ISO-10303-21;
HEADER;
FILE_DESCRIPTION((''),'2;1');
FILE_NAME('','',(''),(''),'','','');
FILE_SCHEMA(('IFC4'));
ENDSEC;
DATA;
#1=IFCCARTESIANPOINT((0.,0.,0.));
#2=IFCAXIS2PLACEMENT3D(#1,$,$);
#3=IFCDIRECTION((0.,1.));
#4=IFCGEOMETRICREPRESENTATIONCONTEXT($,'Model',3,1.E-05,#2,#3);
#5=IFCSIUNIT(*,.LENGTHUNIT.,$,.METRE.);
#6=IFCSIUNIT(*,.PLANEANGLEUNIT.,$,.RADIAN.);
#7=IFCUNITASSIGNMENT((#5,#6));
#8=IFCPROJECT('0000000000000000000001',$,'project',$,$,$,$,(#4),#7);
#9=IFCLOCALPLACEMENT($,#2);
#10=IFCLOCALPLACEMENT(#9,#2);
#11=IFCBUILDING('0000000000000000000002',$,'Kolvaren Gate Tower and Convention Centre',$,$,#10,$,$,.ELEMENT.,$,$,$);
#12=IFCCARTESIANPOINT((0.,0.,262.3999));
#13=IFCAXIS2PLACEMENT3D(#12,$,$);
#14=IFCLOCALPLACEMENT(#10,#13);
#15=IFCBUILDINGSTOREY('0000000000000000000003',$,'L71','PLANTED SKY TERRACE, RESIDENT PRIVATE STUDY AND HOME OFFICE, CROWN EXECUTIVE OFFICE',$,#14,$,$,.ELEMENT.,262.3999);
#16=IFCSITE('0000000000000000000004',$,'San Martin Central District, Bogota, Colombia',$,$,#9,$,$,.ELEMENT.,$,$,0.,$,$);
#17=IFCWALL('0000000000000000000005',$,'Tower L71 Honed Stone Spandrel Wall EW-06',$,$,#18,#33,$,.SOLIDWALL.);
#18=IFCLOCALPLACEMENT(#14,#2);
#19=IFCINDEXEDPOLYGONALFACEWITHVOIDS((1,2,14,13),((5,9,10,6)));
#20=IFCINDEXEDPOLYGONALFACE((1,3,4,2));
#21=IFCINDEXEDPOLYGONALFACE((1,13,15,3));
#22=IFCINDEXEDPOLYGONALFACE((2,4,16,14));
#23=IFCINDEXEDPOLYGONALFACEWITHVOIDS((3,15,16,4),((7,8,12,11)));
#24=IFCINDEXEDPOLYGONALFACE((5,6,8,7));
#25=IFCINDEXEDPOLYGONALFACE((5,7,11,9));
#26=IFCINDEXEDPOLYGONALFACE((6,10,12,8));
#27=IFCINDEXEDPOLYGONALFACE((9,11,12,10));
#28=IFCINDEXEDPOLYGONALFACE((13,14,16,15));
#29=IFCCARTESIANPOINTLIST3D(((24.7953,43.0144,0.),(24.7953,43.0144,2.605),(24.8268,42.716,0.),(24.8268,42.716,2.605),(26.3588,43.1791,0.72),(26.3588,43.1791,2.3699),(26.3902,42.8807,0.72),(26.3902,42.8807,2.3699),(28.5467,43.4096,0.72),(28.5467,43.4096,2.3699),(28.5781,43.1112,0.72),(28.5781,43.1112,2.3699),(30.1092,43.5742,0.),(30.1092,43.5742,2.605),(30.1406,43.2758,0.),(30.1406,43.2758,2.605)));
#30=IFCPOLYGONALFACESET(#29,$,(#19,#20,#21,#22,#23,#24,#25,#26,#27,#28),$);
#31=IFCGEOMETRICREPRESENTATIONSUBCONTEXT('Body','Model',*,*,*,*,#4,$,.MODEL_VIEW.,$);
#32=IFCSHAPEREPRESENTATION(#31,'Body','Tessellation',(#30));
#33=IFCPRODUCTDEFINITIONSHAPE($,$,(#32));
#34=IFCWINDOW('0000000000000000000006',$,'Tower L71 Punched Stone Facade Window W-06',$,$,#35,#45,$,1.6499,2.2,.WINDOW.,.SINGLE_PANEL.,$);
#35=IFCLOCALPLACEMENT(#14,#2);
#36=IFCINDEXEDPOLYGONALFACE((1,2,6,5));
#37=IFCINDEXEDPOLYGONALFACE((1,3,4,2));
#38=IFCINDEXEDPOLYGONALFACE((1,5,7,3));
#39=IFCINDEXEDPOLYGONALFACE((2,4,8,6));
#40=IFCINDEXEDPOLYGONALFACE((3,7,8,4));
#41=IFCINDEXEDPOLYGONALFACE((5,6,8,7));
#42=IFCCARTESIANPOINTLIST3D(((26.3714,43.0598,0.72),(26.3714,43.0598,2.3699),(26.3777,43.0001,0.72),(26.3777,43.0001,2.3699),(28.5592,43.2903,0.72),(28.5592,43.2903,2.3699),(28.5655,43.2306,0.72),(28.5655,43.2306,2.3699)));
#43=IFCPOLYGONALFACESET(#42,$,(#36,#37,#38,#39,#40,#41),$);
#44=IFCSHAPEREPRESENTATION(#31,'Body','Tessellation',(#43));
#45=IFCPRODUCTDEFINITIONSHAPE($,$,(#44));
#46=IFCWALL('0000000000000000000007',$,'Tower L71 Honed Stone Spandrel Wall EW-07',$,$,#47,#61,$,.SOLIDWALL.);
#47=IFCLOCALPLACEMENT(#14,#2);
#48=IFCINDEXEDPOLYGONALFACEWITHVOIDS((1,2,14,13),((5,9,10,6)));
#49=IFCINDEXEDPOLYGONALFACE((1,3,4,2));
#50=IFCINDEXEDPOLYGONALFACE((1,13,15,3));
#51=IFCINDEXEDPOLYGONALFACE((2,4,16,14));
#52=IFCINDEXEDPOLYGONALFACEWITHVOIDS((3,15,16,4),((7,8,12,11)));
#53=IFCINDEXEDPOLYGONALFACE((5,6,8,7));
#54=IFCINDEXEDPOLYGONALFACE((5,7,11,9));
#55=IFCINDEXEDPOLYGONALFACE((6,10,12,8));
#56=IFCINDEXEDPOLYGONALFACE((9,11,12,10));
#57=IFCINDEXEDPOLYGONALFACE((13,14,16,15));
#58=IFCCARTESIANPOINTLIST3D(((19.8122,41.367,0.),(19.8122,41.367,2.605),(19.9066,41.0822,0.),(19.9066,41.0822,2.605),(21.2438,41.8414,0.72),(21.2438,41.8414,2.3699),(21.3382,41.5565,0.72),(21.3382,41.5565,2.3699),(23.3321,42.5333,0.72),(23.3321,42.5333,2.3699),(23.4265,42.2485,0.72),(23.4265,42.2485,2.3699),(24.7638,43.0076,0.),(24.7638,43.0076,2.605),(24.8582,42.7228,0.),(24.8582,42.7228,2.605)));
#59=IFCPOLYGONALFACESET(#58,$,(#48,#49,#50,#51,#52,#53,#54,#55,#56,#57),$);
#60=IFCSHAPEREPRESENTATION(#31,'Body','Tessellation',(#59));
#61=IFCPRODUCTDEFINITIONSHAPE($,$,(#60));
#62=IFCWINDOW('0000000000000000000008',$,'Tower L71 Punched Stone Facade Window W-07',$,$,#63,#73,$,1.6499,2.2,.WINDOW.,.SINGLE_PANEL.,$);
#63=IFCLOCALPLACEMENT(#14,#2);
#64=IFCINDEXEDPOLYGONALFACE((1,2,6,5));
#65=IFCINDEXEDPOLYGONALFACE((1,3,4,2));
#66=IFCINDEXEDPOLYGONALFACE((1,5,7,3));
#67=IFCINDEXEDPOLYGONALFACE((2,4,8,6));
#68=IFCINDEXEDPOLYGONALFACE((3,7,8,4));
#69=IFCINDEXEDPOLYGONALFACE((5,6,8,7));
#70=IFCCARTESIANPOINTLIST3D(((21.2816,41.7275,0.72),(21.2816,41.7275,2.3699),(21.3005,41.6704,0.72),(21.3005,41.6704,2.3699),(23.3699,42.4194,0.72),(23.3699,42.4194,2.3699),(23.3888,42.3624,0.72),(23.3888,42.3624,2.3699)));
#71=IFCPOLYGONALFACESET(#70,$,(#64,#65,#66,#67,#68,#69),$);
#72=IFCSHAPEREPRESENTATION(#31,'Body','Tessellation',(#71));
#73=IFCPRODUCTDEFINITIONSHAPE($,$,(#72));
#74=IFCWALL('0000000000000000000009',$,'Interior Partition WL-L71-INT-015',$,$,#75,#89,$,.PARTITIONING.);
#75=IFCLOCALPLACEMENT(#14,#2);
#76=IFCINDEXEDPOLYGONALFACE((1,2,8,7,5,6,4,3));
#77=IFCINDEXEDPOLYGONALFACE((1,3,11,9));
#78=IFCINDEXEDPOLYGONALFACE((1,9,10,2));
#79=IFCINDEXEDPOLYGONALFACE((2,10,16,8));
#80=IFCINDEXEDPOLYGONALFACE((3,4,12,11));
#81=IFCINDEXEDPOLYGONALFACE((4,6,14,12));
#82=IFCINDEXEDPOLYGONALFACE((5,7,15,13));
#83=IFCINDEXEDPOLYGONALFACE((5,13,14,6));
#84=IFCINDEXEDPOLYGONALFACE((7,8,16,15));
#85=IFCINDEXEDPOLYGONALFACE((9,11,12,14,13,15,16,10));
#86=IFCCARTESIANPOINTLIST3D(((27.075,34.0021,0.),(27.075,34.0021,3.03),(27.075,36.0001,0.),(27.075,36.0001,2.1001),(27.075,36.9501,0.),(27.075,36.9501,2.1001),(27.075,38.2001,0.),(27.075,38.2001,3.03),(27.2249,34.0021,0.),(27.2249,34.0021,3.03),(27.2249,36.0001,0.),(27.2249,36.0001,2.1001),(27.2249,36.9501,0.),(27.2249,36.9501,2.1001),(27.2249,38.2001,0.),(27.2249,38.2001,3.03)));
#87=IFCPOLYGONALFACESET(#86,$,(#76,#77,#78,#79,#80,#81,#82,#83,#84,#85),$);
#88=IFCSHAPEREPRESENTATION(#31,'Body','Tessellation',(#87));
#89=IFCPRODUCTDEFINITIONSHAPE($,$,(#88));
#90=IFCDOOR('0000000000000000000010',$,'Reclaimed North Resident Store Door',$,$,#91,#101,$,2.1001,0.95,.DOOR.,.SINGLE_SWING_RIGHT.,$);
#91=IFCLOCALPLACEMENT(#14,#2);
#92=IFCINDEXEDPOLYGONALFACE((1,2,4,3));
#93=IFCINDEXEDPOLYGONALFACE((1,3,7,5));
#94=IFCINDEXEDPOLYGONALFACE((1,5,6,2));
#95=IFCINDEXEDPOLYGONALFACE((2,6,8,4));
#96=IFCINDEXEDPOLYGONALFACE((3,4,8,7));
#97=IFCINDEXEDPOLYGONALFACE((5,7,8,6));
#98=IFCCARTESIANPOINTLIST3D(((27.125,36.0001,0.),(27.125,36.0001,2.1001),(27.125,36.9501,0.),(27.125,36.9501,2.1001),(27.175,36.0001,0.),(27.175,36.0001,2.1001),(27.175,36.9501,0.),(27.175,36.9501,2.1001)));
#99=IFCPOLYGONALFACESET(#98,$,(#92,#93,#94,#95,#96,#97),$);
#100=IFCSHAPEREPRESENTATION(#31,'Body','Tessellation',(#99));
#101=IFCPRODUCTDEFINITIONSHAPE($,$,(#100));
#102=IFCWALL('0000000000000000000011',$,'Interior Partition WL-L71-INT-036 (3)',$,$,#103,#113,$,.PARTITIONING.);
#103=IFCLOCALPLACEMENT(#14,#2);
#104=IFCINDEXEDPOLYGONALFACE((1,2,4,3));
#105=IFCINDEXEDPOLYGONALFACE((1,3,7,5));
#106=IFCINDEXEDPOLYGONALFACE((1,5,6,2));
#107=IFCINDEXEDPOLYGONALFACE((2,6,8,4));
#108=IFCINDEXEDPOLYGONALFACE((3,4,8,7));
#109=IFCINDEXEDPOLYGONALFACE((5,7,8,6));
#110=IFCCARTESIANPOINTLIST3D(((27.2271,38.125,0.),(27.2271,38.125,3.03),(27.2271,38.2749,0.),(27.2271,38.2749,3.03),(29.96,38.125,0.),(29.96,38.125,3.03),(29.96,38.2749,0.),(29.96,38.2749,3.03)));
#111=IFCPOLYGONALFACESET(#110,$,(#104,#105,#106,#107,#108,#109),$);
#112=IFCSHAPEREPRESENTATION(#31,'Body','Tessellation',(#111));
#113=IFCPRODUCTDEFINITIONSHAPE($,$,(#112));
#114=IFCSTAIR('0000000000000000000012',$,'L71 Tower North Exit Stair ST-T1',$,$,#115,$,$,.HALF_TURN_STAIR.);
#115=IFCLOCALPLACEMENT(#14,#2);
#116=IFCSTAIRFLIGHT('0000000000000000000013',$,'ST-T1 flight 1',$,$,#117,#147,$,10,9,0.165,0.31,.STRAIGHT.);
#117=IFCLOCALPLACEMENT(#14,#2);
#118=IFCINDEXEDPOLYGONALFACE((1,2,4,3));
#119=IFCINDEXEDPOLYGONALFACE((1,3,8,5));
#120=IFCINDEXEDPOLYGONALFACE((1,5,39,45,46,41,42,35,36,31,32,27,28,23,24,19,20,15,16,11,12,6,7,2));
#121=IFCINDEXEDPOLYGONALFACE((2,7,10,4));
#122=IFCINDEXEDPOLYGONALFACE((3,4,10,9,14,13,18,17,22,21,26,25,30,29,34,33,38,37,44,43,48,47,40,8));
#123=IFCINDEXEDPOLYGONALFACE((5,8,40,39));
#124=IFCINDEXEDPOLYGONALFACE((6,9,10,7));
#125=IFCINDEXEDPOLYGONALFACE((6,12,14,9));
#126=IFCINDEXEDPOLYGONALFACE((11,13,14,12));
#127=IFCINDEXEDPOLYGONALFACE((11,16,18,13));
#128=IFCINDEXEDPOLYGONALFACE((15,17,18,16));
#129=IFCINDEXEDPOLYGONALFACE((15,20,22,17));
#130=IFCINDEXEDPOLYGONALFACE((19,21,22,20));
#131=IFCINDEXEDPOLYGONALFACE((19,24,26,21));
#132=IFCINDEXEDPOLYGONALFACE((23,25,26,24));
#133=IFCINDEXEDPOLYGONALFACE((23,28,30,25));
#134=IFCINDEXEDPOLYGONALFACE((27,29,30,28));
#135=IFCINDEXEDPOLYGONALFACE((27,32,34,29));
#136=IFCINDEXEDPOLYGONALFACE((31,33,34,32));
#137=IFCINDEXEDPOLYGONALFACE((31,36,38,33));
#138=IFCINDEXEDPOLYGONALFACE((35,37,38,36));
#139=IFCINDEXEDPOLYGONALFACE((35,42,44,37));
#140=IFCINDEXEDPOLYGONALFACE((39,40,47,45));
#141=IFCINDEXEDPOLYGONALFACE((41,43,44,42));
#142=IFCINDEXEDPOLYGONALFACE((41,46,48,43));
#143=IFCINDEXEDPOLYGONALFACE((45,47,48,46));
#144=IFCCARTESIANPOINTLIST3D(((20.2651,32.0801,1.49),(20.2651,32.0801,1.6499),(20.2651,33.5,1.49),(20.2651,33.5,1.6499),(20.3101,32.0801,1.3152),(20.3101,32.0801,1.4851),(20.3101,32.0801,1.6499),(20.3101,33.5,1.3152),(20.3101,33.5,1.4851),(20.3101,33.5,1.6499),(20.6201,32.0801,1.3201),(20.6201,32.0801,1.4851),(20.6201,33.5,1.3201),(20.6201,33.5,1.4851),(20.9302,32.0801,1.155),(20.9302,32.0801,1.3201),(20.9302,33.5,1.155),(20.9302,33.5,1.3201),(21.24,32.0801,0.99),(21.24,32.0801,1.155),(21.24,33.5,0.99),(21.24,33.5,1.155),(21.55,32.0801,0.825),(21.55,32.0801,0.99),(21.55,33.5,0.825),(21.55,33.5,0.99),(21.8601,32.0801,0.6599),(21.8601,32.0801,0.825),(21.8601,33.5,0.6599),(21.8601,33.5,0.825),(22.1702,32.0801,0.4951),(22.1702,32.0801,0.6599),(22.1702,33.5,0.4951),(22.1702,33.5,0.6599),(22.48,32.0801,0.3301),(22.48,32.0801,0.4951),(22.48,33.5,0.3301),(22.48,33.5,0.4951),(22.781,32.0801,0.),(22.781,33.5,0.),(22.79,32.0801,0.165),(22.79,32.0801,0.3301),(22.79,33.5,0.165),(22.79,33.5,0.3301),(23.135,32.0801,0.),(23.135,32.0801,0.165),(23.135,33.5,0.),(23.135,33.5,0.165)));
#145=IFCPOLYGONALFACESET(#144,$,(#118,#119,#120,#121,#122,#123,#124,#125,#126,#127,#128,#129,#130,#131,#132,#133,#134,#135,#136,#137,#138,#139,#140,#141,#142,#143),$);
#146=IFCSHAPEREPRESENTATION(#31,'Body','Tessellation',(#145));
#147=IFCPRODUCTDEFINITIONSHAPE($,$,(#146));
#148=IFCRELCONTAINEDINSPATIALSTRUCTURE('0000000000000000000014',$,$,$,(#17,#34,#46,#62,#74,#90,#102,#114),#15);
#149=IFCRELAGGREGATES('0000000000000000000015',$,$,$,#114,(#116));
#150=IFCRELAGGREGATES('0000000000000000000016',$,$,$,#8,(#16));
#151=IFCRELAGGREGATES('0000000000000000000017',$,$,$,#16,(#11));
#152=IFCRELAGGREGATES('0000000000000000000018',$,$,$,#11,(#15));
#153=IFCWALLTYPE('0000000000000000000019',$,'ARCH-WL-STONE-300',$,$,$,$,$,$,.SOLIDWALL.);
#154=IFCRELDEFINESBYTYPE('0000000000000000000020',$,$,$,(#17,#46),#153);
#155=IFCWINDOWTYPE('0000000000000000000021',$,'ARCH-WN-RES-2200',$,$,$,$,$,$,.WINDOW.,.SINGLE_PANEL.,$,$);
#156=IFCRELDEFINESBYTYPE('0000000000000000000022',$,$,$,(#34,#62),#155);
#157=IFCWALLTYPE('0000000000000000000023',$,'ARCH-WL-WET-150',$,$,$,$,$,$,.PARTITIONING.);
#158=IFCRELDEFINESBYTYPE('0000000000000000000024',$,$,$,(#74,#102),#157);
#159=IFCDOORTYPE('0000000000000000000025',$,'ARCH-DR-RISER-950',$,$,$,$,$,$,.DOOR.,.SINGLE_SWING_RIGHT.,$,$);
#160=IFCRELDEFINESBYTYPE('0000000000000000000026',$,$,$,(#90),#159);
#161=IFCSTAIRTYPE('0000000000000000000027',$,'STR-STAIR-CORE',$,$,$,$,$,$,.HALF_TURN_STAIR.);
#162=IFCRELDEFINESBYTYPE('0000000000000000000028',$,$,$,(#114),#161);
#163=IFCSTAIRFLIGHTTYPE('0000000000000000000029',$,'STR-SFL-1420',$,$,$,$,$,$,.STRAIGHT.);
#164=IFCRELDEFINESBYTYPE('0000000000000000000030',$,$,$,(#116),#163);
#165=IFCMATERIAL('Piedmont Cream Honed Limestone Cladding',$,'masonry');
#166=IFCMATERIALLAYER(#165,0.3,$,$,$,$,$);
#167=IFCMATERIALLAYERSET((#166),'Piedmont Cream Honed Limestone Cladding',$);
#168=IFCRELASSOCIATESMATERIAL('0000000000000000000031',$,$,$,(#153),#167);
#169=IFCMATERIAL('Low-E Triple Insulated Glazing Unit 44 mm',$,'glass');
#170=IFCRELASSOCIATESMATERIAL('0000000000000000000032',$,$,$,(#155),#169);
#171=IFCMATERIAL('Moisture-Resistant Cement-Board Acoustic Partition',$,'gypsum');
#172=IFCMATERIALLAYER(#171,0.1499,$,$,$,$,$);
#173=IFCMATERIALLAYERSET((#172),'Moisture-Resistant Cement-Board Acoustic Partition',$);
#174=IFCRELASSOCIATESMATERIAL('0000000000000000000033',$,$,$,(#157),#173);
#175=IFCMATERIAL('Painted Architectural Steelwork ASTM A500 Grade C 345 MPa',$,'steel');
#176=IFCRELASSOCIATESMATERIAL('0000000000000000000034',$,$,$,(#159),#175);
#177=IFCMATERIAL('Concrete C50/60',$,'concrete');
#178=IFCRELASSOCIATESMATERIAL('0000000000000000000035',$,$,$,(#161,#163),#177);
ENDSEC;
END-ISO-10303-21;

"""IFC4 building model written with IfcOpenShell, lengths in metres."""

from ifc_helpers import new_model, si_unit, direction, frame, frame_2d, origin, place, context, subcontext, project, spatial, polyline, rectangle, outline, extrude, material, layer, layer_set, type_object, element, fill, aggregate, save


model = new_model("IFC4")

# Units and contexts
model_context = context("Model", 3, precision=1e-05, world=origin(), true_north=direction((0.0, 1.0)))
body_context = subcontext(model_context, "Body", "Model", "MODEL_VIEW")
ifc_project = project(units=[si_unit("LENGTHUNIT", "METRE"), si_unit("PLANEANGLEUNIT", "RADIAN")], contexts=[model_context])

# Site, building, storey
site_placement = place(None, origin())
site = spatial("IfcSite", under=ifc_project, at=site_placement, Name="San Martin Central District, Bogota, Colombia", CompositionType="ELEMENT", RefElevation=0.0)
building_placement = place(site_placement, origin())
building = spatial("IfcBuilding", under=site, at=building_placement, Name="Kolvaren Gate Tower and Convention Centre", CompositionType="ELEMENT")
storey_placement = place(building_placement, frame((0.0, 0.0, 262.3999)))
storey = spatial("IfcBuildingStorey", under=building, at=storey_placement, Name="L71", Description="PLANTED SKY TERRACE, RESIDENT PRIVATE STUDY AND HOME OFFICE, CROWN EXECUTIVE OFFICE", CompositionType="ELEMENT", Elevation=262.3999)

# Shared definitions
ifc_material_1 = material(Name="Concrete C50/60", Category="concrete")

# Walls, openings, windows
ifc_material_2 = material(Name="Piedmont Cream Honed Limestone Cladding", Category="masonry")
ifc_layer_1 = layer(ifc_material_2, 0.3)
ifc_layer_set_1 = layer_set([ifc_layer_1], Name="Piedmont Cream Honed Limestone Cladding")
wall_type_1 = type_object("IfcWallType", Name="ARCH-WL-STONE-300", PredefinedType="SOLIDWALL", material=ifc_layer_set_1)
wall_1_placement = place(storey_placement, frame((24.811, 42.8652, 0.0), z_axis=(0.0, 0.0, 1.0), x_axis=(0.994497, 0.104768, 0.0)))
wall_1 = element("IfcWall", 1, at=wall_1_placement, inside=storey, type_object=wall_type_1, Name="Tower L71 Honed Stone Spandrel Wall EW-06", PredefinedType="SOLIDWALL", context=body_context, shape_type="SweptSolid", body=[
    extrude(rectangle(XDim=5.3433, YDim=0.3, at=frame_2d((2.6716, 0.0))), origin(), (0.0, 0.0, 1.0), 2.605),
])
opening_1_placement = place(wall_1_placement, frame((1.572, 0.0, 0.72)))
opening_1 = element("IfcOpeningElement", 2, at=opening_1_placement, cuts=wall_1, PredefinedType="OPENING", context=body_context, shape_type="SweptSolid", body=[
    extrude(rectangle(XDim=2.2, YDim=1.6499, at=frame_2d((1.1001, 0.825))), frame((0.0, 0.1599, 0.0), z_axis=(0.0, -1.0, 0.0), x_axis=(1.0, 0.0, 0.0)), (0.0, 0.0, 1.0), 0.3201),
])
ifc_material_3 = material(Name="Low-E Triple Insulated Glazing Unit 44 mm", Category="glass")
window_type = type_object("IfcWindowType", Name="ARCH-WN-RES-2200", PartitioningType="SINGLE_PANEL", PredefinedType="WINDOW", material=ifc_material_3)
window_1_placement = place(opening_1_placement, origin())
window_1 = element("IfcWindow", 3, at=window_1_placement, inside=storey, type_object=window_type, Name="Tower L71 Punched Stone Facade Window W-06", OverallHeight=1.6499, OverallWidth=2.2, PartitioningType="SINGLE_PANEL", PredefinedType="WINDOW", context=body_context, shape_type="SweptSolid", body=[
    extrude(rectangle(XDim=2.2, YDim=1.6499, at=frame_2d((1.1001, 0.825))), frame((0.0, 0.03, 0.0), z_axis=(0.0, -1.0, 0.0), x_axis=(1.0, 0.0, 0.0)), (0.0, 0.0, 1.0), 0.0601),
])
fill(opening_1, window_1)
wall_2_placement = place(storey_placement, frame((19.8594, 41.2246, 0.0), z_axis=(0.0, 0.0, 1.0), x_axis=(0.949253, 0.314514, 0.0)))
wall_2 = element("IfcWall", 4, at=wall_2_placement, inside=storey, type_object=wall_type_1, Name="Tower L71 Honed Stone Spandrel Wall EW-07", PredefinedType="SOLIDWALL", context=body_context, shape_type="SweptSolid", body=[
    extrude(rectangle(XDim=5.2163, YDim=0.3, at=frame_2d((2.6082, 0.0))), origin(), (0.0, 0.0, 1.0), 2.605),
])
opening_2_placement = place(wall_2_placement, frame((1.5081, 0.0, 0.72)))
opening_2 = element("IfcOpeningElement", 5, at=opening_2_placement, cuts=wall_2, PredefinedType="OPENING", context=body_context, shape_type="SweptSolid", body=[
    extrude(rectangle(XDim=2.2, YDim=1.6499, at=frame_2d((1.1001, 0.825))), frame((0.0, 0.1599, 0.0), z_axis=(0.0, -1.0, 0.0), x_axis=(1.0, 0.0, 0.0)), (0.0, 0.0, 1.0), 0.3201),
])
window_2_placement = place(opening_2_placement, origin())
window_2 = element("IfcWindow", 6, at=window_2_placement, inside=storey, type_object=window_type, Name="Tower L71 Punched Stone Facade Window W-07", OverallHeight=1.6499, OverallWidth=2.2, PartitioningType="SINGLE_PANEL", PredefinedType="WINDOW", context=body_context, shape_type="SweptSolid", body=[
    extrude(rectangle(XDim=2.2, YDim=1.6499, at=frame_2d((1.1001, 0.825))), frame((0.0, 0.03, 0.0), z_axis=(0.0, -1.0, 0.0), x_axis=(1.0, 0.0, 0.0)), (0.0, 0.0, 1.0), 0.0601),
])
fill(opening_2, window_2)

# Wall, opening, door
ifc_material_4 = material(Name="Moisture-Resistant Cement-Board Acoustic Partition", Category="gypsum")
ifc_layer_2 = layer(ifc_material_4, 0.1499)
ifc_layer_set_2 = layer_set([ifc_layer_2], Name="Moisture-Resistant Cement-Board Acoustic Partition")
wall_type_2 = type_object("IfcWallType", Name="ARCH-WL-WET-150", PredefinedType="PARTITIONING", material=ifc_layer_set_2)
wall_3_placement = place(storey_placement, frame((27.1499, 34.002, 0.0), z_axis=(0.0, 0.0, 1.0), x_axis=(0.0, 1.0, 0.0)))
wall_3 = element("IfcWall", 7, at=wall_3_placement, inside=storey, type_object=wall_type_2, Name="Interior Partition WL-L71-INT-015", PredefinedType="PARTITIONING", context=body_context, shape_type="SweptSolid", body=[
    extrude(rectangle(XDim=4.198, YDim=0.1499, at=frame_2d((2.0991, 0.0))), origin(), (0.0, 0.0, 1.0), 3.03),
])
opening_3_placement = place(wall_3_placement, frame((1.998, 0.0, 0.0)))
opening_3 = element("IfcOpeningElement", 8, at=opening_3_placement, cuts=wall_3, PredefinedType="OPENING", context=body_context, shape_type="SweptSolid", body=[
    extrude(rectangle(XDim=0.95, YDim=2.1001, at=frame_2d((0.4751, 1.05))), frame((0.0, 0.085, 0.0), z_axis=(0.0, -1.0, 0.0), x_axis=(1.0, 0.0, 0.0)), (0.0, 0.0, 1.0), 0.1699),
])
ifc_material_5 = material(Name="Painted Architectural Steelwork ASTM A500 Grade C 345 MPa", Category="steel")
door_type = type_object("IfcDoorType", Name="ARCH-DR-RISER-950", OperationType="SINGLE_SWING_RIGHT", PredefinedType="DOOR", material=ifc_material_5)
door_placement = place(opening_3_placement, origin())
door = element("IfcDoor", 9, at=door_placement, inside=storey, type_object=door_type, Name="Reclaimed North Resident Store Door", OperationType="SINGLE_SWING_RIGHT", OverallHeight=2.1001, OverallWidth=0.95, PredefinedType="DOOR", context=body_context, shape_type="SweptSolid", body=[
    extrude(rectangle(XDim=0.95, YDim=2.1001, at=frame_2d((0.4751, 1.05))), frame((0.0, 0.0249, 0.0), z_axis=(0.0, -1.0, 0.0), x_axis=(1.0, 0.0, 0.0)), (0.0, 0.0, 1.0), 0.05),
])
fill(opening_3, door)

# Wall
wall_4_placement = place(storey_placement, frame((27.2271, 38.2, 0.0), z_axis=(0.0, 0.0, 1.0), x_axis=(1.0, 0.0, 0.0)))
element("IfcWall", 10, at=wall_4_placement, inside=storey, type_object=wall_type_2, Name="Interior Partition WL-L71-INT-036 (3)", PredefinedType="PARTITIONING", context=body_context, shape_type="SweptSolid", body=[
    extrude(rectangle(XDim=2.7329, YDim=0.1499, at=frame_2d((1.3665, 0.0))), origin(), (0.0, 0.0, 1.0), 3.03),
])

# Stair, stair flight
stair_type = type_object("IfcStairType", Name="STR-STAIR-CORE", PredefinedType="HALF_TURN_STAIR", material=ifc_material_1)
stair_placement = place(storey_placement, origin())
stair = element("IfcStair", 11, at=stair_placement, inside=storey, type_object=stair_type, Name="L71 Tower North Exit Stair ST-T1", PredefinedType="HALF_TURN_STAIR")
stair_flight_type = type_object("IfcStairFlightType", Name="STR-SFL-1420", PredefinedType="STRAIGHT", material=ifc_material_1)
stair_flight_placement = place(storey_placement, frame((23.1001, 32.79, 0.0), z_axis=(0.0, 0.0, 1.0), x_axis=(-1.0, 0.0, 0.0)))
stair_flight = element("IfcStairFlight", 12, at=stair_flight_placement, type_object=stair_flight_type, Name="ST-T1 flight 1", NumberOfRisers=10, NumberOfTreads=9, PredefinedType="STRAIGHT", RiserHeight=0.165, TreadLength=0.31, context=body_context, shape_type="SweptSolid", body=[
    extrude(outline(polyline([(-0.0349, 0.0), (-0.0349, 0.165), (0.3101, 0.165), (0.3101, 0.3301), (0.6201, 0.3301), (0.6201, 0.4951), (0.9299, 0.4951), (0.9299, 0.6599), (1.24, 0.6599), (1.24, 0.825), (1.55, 0.825), (1.55, 0.99), (1.8601, 0.99), (1.8601, 1.155), (2.1699, 1.155), (2.1699, 1.3201), (2.48, 1.3201), (2.48, 1.4851), (2.79, 1.4851), (2.79, 1.6499), (2.835, 1.6499), (2.835, 1.49), (2.79, 1.3152), (0.3191, 0.0), (-0.0349, 0.0)])), frame((0.0, 0.71, 0.0), z_axis=(0.0, -1.0, 0.0), x_axis=(1.0, 0.0, 0.0)), (0.0, 0.0, 1.0), 1.4199),
])
aggregate(stair, [stair_flight])

save(model, "model.ifc")
